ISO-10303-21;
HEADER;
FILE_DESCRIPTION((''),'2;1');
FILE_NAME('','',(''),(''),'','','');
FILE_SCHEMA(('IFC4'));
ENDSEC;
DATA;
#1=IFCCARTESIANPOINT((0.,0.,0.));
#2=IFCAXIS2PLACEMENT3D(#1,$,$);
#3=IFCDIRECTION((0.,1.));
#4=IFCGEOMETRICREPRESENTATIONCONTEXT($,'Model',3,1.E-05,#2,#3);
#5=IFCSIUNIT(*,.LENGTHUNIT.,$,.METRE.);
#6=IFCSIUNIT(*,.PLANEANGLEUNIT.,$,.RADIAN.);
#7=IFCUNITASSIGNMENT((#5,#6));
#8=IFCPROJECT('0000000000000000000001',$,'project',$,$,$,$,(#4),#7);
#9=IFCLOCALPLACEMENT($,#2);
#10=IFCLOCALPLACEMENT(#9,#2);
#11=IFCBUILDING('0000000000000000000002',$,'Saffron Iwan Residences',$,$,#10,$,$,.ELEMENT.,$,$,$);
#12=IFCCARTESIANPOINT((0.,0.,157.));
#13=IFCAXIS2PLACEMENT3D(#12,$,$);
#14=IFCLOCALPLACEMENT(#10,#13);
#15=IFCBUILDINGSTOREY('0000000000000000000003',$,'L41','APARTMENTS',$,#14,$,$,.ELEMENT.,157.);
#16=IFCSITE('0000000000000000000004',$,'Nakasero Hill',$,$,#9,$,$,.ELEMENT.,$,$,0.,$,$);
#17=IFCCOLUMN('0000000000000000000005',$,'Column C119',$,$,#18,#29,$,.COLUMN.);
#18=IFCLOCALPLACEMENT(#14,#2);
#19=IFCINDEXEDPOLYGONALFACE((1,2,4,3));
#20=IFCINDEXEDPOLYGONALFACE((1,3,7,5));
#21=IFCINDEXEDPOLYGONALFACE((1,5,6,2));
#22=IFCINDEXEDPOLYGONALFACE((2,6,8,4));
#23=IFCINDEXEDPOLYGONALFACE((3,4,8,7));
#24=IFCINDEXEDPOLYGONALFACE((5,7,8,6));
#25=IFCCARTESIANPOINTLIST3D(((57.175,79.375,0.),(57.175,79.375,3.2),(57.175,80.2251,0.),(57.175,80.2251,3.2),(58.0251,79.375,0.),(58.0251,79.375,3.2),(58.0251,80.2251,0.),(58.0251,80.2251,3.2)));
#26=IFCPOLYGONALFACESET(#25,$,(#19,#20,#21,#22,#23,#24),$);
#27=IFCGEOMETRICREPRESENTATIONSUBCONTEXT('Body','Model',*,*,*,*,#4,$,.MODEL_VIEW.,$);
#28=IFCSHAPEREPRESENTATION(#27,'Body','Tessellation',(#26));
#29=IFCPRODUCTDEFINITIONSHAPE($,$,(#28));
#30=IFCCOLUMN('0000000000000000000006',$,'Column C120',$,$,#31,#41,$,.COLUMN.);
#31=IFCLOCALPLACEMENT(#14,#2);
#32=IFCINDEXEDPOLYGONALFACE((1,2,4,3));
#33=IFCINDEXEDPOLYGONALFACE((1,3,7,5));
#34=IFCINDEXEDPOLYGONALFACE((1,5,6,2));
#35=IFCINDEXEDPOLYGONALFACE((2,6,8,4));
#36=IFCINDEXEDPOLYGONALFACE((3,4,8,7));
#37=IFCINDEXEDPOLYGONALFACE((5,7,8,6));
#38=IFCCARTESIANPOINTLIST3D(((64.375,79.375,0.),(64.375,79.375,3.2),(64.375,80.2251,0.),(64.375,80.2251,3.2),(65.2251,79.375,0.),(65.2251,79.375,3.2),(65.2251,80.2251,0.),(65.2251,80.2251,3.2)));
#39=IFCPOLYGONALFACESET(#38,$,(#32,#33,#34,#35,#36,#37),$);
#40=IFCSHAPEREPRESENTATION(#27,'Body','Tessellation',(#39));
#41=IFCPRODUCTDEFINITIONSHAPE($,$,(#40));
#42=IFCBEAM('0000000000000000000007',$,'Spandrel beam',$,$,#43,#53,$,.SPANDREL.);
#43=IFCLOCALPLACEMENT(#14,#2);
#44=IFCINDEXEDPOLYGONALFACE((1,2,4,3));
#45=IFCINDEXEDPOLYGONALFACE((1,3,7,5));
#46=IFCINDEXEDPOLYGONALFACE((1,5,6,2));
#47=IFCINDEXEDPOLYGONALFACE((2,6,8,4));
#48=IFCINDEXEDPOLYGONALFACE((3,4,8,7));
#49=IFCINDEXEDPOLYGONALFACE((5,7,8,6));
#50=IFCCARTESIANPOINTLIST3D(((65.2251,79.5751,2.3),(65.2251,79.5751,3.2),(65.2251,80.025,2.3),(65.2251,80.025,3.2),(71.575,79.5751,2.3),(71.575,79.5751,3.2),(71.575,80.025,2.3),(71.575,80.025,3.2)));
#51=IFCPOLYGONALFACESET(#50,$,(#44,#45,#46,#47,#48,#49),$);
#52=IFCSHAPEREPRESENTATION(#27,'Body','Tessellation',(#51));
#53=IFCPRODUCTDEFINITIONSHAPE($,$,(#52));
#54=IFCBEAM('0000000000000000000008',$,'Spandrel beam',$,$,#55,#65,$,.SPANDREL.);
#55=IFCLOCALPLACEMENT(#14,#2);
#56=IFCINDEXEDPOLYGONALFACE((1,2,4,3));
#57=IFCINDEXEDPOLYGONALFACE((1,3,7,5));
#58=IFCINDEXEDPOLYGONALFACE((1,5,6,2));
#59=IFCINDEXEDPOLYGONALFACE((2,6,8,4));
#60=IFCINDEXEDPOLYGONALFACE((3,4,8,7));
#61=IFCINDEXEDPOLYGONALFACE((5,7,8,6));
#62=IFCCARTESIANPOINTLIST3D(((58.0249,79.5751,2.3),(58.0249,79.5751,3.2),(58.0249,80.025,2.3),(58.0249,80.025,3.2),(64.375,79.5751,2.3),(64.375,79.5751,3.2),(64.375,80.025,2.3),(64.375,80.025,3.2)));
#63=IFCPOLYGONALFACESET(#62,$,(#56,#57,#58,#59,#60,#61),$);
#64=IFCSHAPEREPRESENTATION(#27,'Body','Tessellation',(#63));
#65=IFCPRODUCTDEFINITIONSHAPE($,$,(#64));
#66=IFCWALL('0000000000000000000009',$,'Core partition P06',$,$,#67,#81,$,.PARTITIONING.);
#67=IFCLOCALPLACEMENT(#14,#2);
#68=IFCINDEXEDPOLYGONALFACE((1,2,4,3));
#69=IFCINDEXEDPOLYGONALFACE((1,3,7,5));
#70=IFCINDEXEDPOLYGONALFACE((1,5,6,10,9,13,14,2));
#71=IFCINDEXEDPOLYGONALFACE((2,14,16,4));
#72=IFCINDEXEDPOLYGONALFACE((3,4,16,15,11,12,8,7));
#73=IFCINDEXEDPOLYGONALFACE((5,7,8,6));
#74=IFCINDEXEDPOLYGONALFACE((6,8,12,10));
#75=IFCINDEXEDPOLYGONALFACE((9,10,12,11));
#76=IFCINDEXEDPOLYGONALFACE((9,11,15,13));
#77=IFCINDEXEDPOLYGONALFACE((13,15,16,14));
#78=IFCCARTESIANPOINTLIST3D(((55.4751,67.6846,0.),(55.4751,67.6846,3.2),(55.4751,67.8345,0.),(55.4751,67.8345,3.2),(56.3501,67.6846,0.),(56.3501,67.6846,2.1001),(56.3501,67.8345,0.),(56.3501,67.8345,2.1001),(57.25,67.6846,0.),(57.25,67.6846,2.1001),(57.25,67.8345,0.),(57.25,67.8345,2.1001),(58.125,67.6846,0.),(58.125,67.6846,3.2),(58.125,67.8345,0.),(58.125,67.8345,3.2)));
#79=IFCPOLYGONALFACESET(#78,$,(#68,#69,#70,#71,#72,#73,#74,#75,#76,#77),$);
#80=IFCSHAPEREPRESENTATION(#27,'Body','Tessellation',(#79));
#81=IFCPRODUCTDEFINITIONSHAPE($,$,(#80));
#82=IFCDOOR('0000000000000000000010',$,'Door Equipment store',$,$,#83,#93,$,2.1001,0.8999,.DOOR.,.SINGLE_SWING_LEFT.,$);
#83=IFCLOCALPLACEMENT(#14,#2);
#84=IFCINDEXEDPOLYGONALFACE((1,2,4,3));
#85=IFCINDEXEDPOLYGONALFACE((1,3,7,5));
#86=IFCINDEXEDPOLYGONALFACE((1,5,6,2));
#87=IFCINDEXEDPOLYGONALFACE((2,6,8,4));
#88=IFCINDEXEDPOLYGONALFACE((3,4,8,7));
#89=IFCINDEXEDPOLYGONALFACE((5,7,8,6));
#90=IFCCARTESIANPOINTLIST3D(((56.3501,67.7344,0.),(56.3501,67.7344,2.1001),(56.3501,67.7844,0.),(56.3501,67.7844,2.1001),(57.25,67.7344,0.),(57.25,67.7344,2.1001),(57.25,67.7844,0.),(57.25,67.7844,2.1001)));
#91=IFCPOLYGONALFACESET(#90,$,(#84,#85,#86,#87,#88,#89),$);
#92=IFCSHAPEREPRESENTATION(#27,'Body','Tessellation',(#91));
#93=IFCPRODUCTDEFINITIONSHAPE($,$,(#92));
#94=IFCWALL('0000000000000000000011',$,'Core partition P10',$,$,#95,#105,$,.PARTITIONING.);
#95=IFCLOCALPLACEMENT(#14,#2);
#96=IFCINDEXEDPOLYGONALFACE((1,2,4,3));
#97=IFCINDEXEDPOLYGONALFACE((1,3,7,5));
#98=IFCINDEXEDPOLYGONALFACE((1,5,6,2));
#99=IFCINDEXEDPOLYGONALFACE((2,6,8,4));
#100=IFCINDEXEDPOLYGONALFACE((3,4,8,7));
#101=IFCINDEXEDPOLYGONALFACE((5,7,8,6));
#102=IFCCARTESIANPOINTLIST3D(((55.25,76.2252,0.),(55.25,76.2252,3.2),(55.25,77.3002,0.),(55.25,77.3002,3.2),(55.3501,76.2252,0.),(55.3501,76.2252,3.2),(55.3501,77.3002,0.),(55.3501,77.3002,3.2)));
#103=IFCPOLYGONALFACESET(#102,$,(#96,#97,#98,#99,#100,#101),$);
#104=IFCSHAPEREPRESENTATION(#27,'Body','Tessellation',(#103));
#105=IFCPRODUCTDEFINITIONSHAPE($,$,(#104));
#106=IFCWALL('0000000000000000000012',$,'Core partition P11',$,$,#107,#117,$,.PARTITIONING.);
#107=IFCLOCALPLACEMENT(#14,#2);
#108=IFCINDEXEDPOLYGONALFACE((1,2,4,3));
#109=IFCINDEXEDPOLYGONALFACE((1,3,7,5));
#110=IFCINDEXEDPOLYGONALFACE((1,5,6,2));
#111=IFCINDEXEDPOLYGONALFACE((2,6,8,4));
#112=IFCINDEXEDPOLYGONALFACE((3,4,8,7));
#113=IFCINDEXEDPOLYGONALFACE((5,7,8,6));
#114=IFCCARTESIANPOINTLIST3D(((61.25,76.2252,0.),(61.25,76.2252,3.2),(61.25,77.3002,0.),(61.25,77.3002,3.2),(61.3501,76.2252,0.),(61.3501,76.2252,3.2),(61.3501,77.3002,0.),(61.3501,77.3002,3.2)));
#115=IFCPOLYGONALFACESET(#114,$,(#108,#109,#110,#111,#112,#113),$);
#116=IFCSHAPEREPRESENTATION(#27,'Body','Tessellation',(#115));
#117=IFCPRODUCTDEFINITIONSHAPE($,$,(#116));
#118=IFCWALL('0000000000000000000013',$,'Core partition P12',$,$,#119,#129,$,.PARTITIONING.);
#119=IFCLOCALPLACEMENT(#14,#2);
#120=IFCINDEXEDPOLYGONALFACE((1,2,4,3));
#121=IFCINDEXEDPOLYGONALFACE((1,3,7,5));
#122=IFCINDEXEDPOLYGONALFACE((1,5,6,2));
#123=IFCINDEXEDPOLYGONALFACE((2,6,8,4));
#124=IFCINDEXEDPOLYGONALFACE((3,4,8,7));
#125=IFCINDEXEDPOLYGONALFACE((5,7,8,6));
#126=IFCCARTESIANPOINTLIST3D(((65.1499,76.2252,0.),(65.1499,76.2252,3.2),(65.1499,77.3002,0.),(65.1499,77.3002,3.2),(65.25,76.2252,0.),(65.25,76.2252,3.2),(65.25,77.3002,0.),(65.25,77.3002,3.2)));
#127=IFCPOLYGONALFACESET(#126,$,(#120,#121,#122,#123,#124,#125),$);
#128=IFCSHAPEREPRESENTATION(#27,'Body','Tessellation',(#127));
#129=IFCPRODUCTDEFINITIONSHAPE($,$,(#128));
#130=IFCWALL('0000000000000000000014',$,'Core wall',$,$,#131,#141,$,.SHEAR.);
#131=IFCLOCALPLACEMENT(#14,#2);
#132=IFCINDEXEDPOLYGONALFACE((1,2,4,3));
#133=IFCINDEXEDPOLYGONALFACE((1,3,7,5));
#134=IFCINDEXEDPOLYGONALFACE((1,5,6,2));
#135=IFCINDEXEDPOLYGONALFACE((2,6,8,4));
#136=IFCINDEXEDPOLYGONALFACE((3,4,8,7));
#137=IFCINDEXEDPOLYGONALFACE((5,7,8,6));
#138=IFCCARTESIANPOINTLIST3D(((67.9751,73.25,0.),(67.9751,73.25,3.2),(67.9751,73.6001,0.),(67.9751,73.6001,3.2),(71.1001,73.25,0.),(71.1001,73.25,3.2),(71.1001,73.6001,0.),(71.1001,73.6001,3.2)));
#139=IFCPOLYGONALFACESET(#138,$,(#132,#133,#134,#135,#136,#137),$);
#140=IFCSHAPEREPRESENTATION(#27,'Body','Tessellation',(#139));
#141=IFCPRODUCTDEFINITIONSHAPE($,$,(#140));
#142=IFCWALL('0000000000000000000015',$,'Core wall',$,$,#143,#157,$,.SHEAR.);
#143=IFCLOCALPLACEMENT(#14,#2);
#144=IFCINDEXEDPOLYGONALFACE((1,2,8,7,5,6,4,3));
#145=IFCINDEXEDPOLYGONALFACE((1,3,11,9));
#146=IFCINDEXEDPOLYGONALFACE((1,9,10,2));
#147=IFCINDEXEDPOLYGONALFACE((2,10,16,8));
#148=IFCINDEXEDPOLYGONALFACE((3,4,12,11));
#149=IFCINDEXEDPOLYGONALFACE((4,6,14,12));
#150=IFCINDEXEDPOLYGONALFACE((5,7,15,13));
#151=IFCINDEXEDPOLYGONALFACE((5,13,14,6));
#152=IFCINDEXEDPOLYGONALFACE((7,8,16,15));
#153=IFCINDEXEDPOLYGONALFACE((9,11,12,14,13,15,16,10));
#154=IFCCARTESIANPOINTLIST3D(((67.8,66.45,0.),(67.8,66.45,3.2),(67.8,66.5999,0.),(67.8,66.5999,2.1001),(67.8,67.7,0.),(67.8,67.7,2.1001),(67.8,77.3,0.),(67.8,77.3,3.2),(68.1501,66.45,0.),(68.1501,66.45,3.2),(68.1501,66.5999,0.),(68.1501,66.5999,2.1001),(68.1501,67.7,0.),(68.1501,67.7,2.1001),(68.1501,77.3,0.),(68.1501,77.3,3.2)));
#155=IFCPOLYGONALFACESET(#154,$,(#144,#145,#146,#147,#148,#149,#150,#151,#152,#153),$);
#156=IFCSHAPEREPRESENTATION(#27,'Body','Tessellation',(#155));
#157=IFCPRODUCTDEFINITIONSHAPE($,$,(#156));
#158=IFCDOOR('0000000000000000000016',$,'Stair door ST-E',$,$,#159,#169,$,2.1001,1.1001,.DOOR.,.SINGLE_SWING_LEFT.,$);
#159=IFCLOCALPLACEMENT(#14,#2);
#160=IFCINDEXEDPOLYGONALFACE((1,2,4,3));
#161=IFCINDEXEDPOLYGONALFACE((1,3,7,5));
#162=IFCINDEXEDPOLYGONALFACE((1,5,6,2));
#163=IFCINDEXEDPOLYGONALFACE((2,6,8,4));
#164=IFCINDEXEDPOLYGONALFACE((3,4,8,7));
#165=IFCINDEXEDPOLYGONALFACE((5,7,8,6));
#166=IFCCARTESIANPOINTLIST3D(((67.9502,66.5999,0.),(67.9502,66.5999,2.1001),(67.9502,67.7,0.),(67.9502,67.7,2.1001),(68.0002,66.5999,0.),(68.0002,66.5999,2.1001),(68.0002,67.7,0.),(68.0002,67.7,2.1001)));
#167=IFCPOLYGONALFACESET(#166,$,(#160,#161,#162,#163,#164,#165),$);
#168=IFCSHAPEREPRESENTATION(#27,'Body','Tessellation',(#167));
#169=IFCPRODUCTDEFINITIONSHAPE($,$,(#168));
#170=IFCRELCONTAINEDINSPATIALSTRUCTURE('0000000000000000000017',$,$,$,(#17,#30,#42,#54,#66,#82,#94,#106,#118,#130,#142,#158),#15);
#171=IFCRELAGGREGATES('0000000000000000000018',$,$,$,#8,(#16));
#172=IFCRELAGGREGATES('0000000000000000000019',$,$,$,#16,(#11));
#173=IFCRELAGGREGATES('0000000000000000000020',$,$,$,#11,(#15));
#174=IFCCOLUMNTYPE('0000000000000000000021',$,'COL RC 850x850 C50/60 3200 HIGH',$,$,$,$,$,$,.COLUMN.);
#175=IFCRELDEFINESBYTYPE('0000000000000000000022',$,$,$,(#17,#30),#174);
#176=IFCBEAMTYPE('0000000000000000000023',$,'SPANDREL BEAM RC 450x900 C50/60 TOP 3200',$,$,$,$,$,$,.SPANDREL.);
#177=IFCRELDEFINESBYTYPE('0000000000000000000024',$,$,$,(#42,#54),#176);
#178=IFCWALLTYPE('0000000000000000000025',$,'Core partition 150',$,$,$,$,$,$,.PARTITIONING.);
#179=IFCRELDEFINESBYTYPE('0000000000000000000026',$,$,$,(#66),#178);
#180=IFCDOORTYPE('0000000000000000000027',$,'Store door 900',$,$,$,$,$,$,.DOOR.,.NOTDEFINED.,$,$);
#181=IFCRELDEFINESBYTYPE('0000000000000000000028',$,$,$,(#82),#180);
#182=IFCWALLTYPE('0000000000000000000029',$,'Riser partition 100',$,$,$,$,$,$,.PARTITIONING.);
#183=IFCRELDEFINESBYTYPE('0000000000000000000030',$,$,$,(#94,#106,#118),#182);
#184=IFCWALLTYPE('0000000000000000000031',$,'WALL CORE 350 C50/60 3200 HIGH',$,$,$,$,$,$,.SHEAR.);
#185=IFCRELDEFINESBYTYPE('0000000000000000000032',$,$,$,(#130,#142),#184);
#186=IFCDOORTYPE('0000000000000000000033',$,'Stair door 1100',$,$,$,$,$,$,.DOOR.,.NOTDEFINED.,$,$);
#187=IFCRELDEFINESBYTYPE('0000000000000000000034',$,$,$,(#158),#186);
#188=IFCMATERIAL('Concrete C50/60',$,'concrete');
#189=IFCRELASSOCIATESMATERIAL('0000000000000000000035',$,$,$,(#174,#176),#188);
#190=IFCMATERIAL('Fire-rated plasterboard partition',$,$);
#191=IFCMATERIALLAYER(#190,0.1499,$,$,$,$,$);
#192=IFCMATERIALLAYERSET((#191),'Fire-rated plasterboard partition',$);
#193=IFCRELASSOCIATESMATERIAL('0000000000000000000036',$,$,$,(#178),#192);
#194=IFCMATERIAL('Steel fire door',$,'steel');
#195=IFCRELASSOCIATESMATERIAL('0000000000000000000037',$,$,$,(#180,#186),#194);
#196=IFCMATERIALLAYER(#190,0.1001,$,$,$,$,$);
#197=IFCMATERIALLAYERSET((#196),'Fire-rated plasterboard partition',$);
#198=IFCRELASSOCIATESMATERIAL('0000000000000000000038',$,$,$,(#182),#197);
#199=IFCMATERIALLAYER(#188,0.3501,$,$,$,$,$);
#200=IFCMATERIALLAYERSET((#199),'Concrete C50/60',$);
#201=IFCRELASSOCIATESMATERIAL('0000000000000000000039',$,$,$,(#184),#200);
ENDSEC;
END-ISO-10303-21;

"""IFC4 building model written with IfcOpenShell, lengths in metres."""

from ifc_helpers import new_model, si_unit, direction, frame, frame_2d, origin, origin_2d, place, context, subcontext, project, spatial, rectangle, extrude, source, transform, mapped, material, layer, layer_set, material_profile, profile_set, type_object, element, fill, save


model = new_model("IFC4")

# Units and contexts
model_context = context("Model", 3, precision=1e-05, world=origin(), true_north=direction((0.0, 1.0)))
body_context = subcontext(model_context, "Body", "Model", "MODEL_VIEW")
ifc_project = project(units=[si_unit("LENGTHUNIT", "METRE"), si_unit("PLANEANGLEUNIT", "RADIAN")], contexts=[model_context])

# Site, building, storey
site_placement = place(None, origin())
site = spatial("IfcSite", under=ifc_project, at=site_placement, Name="Nakasero Hill", CompositionType="ELEMENT", RefElevation=0.0)
building_placement = place(site_placement, origin())
building = spatial("IfcBuilding", under=site, at=building_placement, Name="Saffron Iwan Residences", CompositionType="ELEMENT")
storey_placement = place(building_placement, frame((0.0, 0.0, 157.0)))
storey = spatial("IfcBuildingStorey", under=building, at=storey_placement, Name="L41", Description="APARTMENTS", CompositionType="ELEMENT", Elevation=157.0)

# Columns
ifc_material_1 = material(Name="Concrete C50/60", Category="concrete")
ifc_material_profile_1 = material_profile(ifc_material_1, rectangle(XDim=0.8501, YDim=0.8501, at=origin_2d()), Name="RC 850x850")
ifc_profile_set_1 = profile_set([ifc_material_profile_1], Name="Concrete C50/60")
column_type = type_object("IfcColumnType", Name="COL RC 850x850 C50/60 3200 HIGH", PredefinedType="COLUMN", material=ifc_profile_set_1)
shared_shape_1 = source(origin(), body_context, "Body", "SweptSolid", [
    extrude(rectangle(XDim=0.8501, YDim=0.8501, at=origin_2d()), origin(), (0.0, 0.0, 1.0), 3.2),
])
for number, where, z_axis, x_axis, name in (
    (1, (57.6001, 79.8, 0.0), (0.0, 0.0, 1.0), (1.0, 0.0, 0.0), "Column C119"),
    (2, (64.8, 79.8, 0.0), (0.0, 0.0, 1.0), (1.0, 0.0, 0.0), "Column C120"),
):
    element("IfcColumn", number, at=place(storey_placement, frame(where, z_axis=z_axis, x_axis=x_axis)), inside=storey, type_object=column_type, Name=name, PredefinedType="COLUMN", context=body_context, shape_type="MappedRepresentation", body=[
        mapped(shared_shape_1, transform((0.0, 0.0, 0.0))),
    ])

# Beams
ifc_material_profile_2 = material_profile(ifc_material_1, rectangle(XDim=0.45, YDim=0.8999, at=origin_2d()), Name="RC 450x900")
ifc_profile_set_2 = profile_set([ifc_material_profile_2], Name="Concrete C50/60")
beam_type = type_object("IfcBeamType", Name="SPANDREL BEAM RC 450x900 C50/60 TOP 3200", PredefinedType="SPANDREL", material=ifc_profile_set_2)
shared_shape_2 = source(origin(), body_context, "Body", "SweptSolid", [
    extrude(rectangle(XDim=0.45, YDim=0.8999, at=origin_2d()), origin(), (0.0, 0.0, 1.0), 6.3499),
])
beam_1_placement = place(storey_placement, frame((65.2251, 79.8, 2.75), z_axis=(1.0, 0.0, 0.0), x_axis=(0.0, 1.0, 0.0)))
element("IfcBeam", 3, at=beam_1_placement, inside=storey, type_object=beam_type, Name="Spandrel beam", PredefinedType="SPANDREL", context=body_context, shape_type="MappedRepresentation", body=[
    mapped(shared_shape_2, transform((0.0, 0.0, 0.0))),
])
shared_shape_3 = source(origin(), body_context, "Body", "SweptSolid", [
    extrude(rectangle(XDim=0.45, YDim=0.8999, at=origin_2d()), origin(), (0.0, 0.0, 1.0), 6.3501),
])
beam_2_placement = place(storey_placement, frame((58.0249, 79.8, 2.75), z_axis=(1.0, 0.0, 0.0), x_axis=(0.0, 1.0, 0.0)))
element("IfcBeam", 4, at=beam_2_placement, inside=storey, type_object=beam_type, Name="Spandrel beam", PredefinedType="SPANDREL", context=body_context, shape_type="MappedRepresentation", body=[
    mapped(shared_shape_3, transform((0.0, 0.0, 0.0))),
])

# Wall, opening, door
ifc_material_2 = material(Name="Fire-rated plasterboard partition")
ifc_layer_1 = layer(ifc_material_2, 0.1499)
ifc_layer_set_1 = layer_set([ifc_layer_1], Name="Fire-rated plasterboard partition")
wall_type_1 = type_object("IfcWallType", Name="Core partition 150", PredefinedType="PARTITIONING", material=ifc_layer_set_1)
wall_1_placement = place(storey_placement, frame((55.4751, 67.7595, 0.0), z_axis=(0.0, 0.0, 1.0), x_axis=(1.0, 0.0, 0.0)))
wall_1 = element("IfcWall", 5, at=wall_1_placement, inside=storey, type_object=wall_type_1, Name="Core partition P06", PredefinedType="PARTITIONING", context=body_context, shape_type="SweptSolid", body=[
    extrude(rectangle(XDim=2.6499, YDim=0.1499, at=frame_2d((1.325, 0.0))), origin(), (0.0, 0.0, 1.0), 3.2),
])
opening_1_placement = place(wall_1_placement, frame((0.875, 0.0, 0.0)))
opening_1 = element("IfcOpeningElement", 6, at=opening_1_placement, cuts=wall_1, PredefinedType="OPENING", context=body_context, shape_type="SweptSolid", body=[
    extrude(rectangle(XDim=0.8999, YDim=2.1001, at=frame_2d((0.45, 1.05))), frame((0.0, 0.085, 0.0), z_axis=(0.0, -1.0, 0.0), x_axis=(1.0, 0.0, 0.0)), (0.0, 0.0, 1.0), 0.1699),
])
ifc_material_3 = material(Name="Steel fire door", Category="steel")
door_type_1 = type_object("IfcDoorType", Name="Store door 900", OperationType="NOTDEFINED", PredefinedType="DOOR", material=ifc_material_3)
door_1_placement = place(opening_1_placement, origin())
door_1 = element("IfcDoor", 7, at=door_1_placement, inside=storey, type_object=door_type_1, Name="Door Equipment store", OperationType="SINGLE_SWING_LEFT", OverallHeight=2.1001, OverallWidth=0.8999, PredefinedType="DOOR", context=body_context, shape_type="SweptSolid", body=[
    extrude(rectangle(XDim=0.8999, YDim=2.1001, at=frame_2d((0.45, 1.05))), frame((0.0, 0.0249, 0.0), z_axis=(0.0, -1.0, 0.0), x_axis=(1.0, 0.0, 0.0)), (0.0, 0.0, 1.0), 0.05),
])
fill(opening_1, door_1)

# Walls
ifc_layer_2 = layer(ifc_material_2, 0.1001)
ifc_layer_set_2 = layer_set([ifc_layer_2], Name="Fire-rated plasterboard partition")
wall_type_2 = type_object("IfcWallType", Name="Riser partition 100", PredefinedType="PARTITIONING", material=ifc_layer_set_2)
for number, where, z_axis, x_axis, name in (
    (8, (55.3, 76.2251, 0.0), (0.0, 0.0, 1.0), (0.0, 1.0, 0.0), "Core partition P10"),
    (9, (61.3, 76.2251, 0.0), (0.0, 0.0, 1.0), (0.0, 1.0, 0.0), "Core partition P11"),
    (10, (65.2, 76.2251, 0.0), (0.0, 0.0, 1.0), (0.0, 1.0, 0.0), "Core partition P12"),
):
    element("IfcWall", number, at=place(storey_placement, frame(where, z_axis=z_axis, x_axis=x_axis)), inside=storey, type_object=wall_type_2, Name=name, PredefinedType="PARTITIONING", context=body_context, shape_type="SweptSolid", body=[
        extrude(rectangle(XDim=1.075, YDim=0.1001, at=frame_2d((0.5376, 0.0))), origin(), (0.0, 0.0, 1.0), 3.2),
    ])
ifc_layer_3 = layer(ifc_material_1, 0.3501)
ifc_layer_set_3 = layer_set([ifc_layer_3], Name="Concrete C50/60")
wall_type_3 = type_object("IfcWallType", Name="WALL CORE 350 C50/60 3200 HIGH", PredefinedType="SHEAR", material=ifc_layer_set_3)
wall_2_placement = place(storey_placement, frame((67.9751, 73.425, 0.0), z_axis=(0.0, 0.0, 1.0), x_axis=(1.0, 0.0, 0.0)))
element("IfcWall", 11, at=wall_2_placement, inside=storey, type_object=wall_type_3, Name="Core wall", PredefinedType="SHEAR", context=body_context, shape_type="SweptSolid", body=[
    extrude(rectangle(XDim=3.125, YDim=0.3501, at=frame_2d((1.5625, 0.0))), origin(), (0.0, 0.0, 1.0), 3.2),
])

# Wall, opening, door
wall_3_placement = place(storey_placement, frame((67.9751, 66.45, 0.0), z_axis=(0.0, 0.0, 1.0), x_axis=(0.0, 1.0, 0.0)))
wall_3 = element("IfcWall", 12, at=wall_3_placement, inside=storey, type_object=wall_type_3, Name="Core wall", PredefinedType="SHEAR", context=body_context, shape_type="SweptSolid", body=[
    extrude(rectangle(XDim=10.8501, YDim=0.3501, at=frame_2d((5.425, 0.0))), origin(), (0.0, 0.0, 1.0), 3.2),
])
opening_2_placement = place(wall_3_placement, frame((0.1499, 0.0, 0.0)))
opening_2 = element("IfcOpeningElement", 13, at=opening_2_placement, cuts=wall_3, PredefinedType="OPENING", context=body_context, shape_type="SweptSolid", body=[
    extrude(rectangle(XDim=1.1001, YDim=2.1001, at=frame_2d((0.55, 1.05))), frame((0.0, 0.1851, 0.0), z_axis=(0.0, -1.0, 0.0), x_axis=(1.0, 0.0, 0.0)), (0.0, 0.0, 1.0), 0.3701),
])
door_type_2 = type_object("IfcDoorType", Name="Stair door 1100", OperationType="NOTDEFINED", PredefinedType="DOOR", material=ifc_material_3)
door_2_placement = place(opening_2_placement, origin())
door_2 = element("IfcDoor", 14, at=door_2_placement, inside=storey, type_object=door_type_2, Name="Stair door ST-E", OperationType="SINGLE_SWING_LEFT", OverallHeight=2.1001, OverallWidth=1.1001, PredefinedType="DOOR", context=body_context, shape_type="SweptSolid", body=[
    extrude(rectangle(XDim=1.1001, YDim=2.1001, at=frame_2d((0.55, 1.05))), frame((0.0, 0.0249, 0.0), z_axis=(0.0, -1.0, 0.0), x_axis=(1.0, 0.0, 0.0)), (0.0, 0.0, 1.0), 0.05),
])
fill(opening_2, door_2)

save(model, "model.ifc")
